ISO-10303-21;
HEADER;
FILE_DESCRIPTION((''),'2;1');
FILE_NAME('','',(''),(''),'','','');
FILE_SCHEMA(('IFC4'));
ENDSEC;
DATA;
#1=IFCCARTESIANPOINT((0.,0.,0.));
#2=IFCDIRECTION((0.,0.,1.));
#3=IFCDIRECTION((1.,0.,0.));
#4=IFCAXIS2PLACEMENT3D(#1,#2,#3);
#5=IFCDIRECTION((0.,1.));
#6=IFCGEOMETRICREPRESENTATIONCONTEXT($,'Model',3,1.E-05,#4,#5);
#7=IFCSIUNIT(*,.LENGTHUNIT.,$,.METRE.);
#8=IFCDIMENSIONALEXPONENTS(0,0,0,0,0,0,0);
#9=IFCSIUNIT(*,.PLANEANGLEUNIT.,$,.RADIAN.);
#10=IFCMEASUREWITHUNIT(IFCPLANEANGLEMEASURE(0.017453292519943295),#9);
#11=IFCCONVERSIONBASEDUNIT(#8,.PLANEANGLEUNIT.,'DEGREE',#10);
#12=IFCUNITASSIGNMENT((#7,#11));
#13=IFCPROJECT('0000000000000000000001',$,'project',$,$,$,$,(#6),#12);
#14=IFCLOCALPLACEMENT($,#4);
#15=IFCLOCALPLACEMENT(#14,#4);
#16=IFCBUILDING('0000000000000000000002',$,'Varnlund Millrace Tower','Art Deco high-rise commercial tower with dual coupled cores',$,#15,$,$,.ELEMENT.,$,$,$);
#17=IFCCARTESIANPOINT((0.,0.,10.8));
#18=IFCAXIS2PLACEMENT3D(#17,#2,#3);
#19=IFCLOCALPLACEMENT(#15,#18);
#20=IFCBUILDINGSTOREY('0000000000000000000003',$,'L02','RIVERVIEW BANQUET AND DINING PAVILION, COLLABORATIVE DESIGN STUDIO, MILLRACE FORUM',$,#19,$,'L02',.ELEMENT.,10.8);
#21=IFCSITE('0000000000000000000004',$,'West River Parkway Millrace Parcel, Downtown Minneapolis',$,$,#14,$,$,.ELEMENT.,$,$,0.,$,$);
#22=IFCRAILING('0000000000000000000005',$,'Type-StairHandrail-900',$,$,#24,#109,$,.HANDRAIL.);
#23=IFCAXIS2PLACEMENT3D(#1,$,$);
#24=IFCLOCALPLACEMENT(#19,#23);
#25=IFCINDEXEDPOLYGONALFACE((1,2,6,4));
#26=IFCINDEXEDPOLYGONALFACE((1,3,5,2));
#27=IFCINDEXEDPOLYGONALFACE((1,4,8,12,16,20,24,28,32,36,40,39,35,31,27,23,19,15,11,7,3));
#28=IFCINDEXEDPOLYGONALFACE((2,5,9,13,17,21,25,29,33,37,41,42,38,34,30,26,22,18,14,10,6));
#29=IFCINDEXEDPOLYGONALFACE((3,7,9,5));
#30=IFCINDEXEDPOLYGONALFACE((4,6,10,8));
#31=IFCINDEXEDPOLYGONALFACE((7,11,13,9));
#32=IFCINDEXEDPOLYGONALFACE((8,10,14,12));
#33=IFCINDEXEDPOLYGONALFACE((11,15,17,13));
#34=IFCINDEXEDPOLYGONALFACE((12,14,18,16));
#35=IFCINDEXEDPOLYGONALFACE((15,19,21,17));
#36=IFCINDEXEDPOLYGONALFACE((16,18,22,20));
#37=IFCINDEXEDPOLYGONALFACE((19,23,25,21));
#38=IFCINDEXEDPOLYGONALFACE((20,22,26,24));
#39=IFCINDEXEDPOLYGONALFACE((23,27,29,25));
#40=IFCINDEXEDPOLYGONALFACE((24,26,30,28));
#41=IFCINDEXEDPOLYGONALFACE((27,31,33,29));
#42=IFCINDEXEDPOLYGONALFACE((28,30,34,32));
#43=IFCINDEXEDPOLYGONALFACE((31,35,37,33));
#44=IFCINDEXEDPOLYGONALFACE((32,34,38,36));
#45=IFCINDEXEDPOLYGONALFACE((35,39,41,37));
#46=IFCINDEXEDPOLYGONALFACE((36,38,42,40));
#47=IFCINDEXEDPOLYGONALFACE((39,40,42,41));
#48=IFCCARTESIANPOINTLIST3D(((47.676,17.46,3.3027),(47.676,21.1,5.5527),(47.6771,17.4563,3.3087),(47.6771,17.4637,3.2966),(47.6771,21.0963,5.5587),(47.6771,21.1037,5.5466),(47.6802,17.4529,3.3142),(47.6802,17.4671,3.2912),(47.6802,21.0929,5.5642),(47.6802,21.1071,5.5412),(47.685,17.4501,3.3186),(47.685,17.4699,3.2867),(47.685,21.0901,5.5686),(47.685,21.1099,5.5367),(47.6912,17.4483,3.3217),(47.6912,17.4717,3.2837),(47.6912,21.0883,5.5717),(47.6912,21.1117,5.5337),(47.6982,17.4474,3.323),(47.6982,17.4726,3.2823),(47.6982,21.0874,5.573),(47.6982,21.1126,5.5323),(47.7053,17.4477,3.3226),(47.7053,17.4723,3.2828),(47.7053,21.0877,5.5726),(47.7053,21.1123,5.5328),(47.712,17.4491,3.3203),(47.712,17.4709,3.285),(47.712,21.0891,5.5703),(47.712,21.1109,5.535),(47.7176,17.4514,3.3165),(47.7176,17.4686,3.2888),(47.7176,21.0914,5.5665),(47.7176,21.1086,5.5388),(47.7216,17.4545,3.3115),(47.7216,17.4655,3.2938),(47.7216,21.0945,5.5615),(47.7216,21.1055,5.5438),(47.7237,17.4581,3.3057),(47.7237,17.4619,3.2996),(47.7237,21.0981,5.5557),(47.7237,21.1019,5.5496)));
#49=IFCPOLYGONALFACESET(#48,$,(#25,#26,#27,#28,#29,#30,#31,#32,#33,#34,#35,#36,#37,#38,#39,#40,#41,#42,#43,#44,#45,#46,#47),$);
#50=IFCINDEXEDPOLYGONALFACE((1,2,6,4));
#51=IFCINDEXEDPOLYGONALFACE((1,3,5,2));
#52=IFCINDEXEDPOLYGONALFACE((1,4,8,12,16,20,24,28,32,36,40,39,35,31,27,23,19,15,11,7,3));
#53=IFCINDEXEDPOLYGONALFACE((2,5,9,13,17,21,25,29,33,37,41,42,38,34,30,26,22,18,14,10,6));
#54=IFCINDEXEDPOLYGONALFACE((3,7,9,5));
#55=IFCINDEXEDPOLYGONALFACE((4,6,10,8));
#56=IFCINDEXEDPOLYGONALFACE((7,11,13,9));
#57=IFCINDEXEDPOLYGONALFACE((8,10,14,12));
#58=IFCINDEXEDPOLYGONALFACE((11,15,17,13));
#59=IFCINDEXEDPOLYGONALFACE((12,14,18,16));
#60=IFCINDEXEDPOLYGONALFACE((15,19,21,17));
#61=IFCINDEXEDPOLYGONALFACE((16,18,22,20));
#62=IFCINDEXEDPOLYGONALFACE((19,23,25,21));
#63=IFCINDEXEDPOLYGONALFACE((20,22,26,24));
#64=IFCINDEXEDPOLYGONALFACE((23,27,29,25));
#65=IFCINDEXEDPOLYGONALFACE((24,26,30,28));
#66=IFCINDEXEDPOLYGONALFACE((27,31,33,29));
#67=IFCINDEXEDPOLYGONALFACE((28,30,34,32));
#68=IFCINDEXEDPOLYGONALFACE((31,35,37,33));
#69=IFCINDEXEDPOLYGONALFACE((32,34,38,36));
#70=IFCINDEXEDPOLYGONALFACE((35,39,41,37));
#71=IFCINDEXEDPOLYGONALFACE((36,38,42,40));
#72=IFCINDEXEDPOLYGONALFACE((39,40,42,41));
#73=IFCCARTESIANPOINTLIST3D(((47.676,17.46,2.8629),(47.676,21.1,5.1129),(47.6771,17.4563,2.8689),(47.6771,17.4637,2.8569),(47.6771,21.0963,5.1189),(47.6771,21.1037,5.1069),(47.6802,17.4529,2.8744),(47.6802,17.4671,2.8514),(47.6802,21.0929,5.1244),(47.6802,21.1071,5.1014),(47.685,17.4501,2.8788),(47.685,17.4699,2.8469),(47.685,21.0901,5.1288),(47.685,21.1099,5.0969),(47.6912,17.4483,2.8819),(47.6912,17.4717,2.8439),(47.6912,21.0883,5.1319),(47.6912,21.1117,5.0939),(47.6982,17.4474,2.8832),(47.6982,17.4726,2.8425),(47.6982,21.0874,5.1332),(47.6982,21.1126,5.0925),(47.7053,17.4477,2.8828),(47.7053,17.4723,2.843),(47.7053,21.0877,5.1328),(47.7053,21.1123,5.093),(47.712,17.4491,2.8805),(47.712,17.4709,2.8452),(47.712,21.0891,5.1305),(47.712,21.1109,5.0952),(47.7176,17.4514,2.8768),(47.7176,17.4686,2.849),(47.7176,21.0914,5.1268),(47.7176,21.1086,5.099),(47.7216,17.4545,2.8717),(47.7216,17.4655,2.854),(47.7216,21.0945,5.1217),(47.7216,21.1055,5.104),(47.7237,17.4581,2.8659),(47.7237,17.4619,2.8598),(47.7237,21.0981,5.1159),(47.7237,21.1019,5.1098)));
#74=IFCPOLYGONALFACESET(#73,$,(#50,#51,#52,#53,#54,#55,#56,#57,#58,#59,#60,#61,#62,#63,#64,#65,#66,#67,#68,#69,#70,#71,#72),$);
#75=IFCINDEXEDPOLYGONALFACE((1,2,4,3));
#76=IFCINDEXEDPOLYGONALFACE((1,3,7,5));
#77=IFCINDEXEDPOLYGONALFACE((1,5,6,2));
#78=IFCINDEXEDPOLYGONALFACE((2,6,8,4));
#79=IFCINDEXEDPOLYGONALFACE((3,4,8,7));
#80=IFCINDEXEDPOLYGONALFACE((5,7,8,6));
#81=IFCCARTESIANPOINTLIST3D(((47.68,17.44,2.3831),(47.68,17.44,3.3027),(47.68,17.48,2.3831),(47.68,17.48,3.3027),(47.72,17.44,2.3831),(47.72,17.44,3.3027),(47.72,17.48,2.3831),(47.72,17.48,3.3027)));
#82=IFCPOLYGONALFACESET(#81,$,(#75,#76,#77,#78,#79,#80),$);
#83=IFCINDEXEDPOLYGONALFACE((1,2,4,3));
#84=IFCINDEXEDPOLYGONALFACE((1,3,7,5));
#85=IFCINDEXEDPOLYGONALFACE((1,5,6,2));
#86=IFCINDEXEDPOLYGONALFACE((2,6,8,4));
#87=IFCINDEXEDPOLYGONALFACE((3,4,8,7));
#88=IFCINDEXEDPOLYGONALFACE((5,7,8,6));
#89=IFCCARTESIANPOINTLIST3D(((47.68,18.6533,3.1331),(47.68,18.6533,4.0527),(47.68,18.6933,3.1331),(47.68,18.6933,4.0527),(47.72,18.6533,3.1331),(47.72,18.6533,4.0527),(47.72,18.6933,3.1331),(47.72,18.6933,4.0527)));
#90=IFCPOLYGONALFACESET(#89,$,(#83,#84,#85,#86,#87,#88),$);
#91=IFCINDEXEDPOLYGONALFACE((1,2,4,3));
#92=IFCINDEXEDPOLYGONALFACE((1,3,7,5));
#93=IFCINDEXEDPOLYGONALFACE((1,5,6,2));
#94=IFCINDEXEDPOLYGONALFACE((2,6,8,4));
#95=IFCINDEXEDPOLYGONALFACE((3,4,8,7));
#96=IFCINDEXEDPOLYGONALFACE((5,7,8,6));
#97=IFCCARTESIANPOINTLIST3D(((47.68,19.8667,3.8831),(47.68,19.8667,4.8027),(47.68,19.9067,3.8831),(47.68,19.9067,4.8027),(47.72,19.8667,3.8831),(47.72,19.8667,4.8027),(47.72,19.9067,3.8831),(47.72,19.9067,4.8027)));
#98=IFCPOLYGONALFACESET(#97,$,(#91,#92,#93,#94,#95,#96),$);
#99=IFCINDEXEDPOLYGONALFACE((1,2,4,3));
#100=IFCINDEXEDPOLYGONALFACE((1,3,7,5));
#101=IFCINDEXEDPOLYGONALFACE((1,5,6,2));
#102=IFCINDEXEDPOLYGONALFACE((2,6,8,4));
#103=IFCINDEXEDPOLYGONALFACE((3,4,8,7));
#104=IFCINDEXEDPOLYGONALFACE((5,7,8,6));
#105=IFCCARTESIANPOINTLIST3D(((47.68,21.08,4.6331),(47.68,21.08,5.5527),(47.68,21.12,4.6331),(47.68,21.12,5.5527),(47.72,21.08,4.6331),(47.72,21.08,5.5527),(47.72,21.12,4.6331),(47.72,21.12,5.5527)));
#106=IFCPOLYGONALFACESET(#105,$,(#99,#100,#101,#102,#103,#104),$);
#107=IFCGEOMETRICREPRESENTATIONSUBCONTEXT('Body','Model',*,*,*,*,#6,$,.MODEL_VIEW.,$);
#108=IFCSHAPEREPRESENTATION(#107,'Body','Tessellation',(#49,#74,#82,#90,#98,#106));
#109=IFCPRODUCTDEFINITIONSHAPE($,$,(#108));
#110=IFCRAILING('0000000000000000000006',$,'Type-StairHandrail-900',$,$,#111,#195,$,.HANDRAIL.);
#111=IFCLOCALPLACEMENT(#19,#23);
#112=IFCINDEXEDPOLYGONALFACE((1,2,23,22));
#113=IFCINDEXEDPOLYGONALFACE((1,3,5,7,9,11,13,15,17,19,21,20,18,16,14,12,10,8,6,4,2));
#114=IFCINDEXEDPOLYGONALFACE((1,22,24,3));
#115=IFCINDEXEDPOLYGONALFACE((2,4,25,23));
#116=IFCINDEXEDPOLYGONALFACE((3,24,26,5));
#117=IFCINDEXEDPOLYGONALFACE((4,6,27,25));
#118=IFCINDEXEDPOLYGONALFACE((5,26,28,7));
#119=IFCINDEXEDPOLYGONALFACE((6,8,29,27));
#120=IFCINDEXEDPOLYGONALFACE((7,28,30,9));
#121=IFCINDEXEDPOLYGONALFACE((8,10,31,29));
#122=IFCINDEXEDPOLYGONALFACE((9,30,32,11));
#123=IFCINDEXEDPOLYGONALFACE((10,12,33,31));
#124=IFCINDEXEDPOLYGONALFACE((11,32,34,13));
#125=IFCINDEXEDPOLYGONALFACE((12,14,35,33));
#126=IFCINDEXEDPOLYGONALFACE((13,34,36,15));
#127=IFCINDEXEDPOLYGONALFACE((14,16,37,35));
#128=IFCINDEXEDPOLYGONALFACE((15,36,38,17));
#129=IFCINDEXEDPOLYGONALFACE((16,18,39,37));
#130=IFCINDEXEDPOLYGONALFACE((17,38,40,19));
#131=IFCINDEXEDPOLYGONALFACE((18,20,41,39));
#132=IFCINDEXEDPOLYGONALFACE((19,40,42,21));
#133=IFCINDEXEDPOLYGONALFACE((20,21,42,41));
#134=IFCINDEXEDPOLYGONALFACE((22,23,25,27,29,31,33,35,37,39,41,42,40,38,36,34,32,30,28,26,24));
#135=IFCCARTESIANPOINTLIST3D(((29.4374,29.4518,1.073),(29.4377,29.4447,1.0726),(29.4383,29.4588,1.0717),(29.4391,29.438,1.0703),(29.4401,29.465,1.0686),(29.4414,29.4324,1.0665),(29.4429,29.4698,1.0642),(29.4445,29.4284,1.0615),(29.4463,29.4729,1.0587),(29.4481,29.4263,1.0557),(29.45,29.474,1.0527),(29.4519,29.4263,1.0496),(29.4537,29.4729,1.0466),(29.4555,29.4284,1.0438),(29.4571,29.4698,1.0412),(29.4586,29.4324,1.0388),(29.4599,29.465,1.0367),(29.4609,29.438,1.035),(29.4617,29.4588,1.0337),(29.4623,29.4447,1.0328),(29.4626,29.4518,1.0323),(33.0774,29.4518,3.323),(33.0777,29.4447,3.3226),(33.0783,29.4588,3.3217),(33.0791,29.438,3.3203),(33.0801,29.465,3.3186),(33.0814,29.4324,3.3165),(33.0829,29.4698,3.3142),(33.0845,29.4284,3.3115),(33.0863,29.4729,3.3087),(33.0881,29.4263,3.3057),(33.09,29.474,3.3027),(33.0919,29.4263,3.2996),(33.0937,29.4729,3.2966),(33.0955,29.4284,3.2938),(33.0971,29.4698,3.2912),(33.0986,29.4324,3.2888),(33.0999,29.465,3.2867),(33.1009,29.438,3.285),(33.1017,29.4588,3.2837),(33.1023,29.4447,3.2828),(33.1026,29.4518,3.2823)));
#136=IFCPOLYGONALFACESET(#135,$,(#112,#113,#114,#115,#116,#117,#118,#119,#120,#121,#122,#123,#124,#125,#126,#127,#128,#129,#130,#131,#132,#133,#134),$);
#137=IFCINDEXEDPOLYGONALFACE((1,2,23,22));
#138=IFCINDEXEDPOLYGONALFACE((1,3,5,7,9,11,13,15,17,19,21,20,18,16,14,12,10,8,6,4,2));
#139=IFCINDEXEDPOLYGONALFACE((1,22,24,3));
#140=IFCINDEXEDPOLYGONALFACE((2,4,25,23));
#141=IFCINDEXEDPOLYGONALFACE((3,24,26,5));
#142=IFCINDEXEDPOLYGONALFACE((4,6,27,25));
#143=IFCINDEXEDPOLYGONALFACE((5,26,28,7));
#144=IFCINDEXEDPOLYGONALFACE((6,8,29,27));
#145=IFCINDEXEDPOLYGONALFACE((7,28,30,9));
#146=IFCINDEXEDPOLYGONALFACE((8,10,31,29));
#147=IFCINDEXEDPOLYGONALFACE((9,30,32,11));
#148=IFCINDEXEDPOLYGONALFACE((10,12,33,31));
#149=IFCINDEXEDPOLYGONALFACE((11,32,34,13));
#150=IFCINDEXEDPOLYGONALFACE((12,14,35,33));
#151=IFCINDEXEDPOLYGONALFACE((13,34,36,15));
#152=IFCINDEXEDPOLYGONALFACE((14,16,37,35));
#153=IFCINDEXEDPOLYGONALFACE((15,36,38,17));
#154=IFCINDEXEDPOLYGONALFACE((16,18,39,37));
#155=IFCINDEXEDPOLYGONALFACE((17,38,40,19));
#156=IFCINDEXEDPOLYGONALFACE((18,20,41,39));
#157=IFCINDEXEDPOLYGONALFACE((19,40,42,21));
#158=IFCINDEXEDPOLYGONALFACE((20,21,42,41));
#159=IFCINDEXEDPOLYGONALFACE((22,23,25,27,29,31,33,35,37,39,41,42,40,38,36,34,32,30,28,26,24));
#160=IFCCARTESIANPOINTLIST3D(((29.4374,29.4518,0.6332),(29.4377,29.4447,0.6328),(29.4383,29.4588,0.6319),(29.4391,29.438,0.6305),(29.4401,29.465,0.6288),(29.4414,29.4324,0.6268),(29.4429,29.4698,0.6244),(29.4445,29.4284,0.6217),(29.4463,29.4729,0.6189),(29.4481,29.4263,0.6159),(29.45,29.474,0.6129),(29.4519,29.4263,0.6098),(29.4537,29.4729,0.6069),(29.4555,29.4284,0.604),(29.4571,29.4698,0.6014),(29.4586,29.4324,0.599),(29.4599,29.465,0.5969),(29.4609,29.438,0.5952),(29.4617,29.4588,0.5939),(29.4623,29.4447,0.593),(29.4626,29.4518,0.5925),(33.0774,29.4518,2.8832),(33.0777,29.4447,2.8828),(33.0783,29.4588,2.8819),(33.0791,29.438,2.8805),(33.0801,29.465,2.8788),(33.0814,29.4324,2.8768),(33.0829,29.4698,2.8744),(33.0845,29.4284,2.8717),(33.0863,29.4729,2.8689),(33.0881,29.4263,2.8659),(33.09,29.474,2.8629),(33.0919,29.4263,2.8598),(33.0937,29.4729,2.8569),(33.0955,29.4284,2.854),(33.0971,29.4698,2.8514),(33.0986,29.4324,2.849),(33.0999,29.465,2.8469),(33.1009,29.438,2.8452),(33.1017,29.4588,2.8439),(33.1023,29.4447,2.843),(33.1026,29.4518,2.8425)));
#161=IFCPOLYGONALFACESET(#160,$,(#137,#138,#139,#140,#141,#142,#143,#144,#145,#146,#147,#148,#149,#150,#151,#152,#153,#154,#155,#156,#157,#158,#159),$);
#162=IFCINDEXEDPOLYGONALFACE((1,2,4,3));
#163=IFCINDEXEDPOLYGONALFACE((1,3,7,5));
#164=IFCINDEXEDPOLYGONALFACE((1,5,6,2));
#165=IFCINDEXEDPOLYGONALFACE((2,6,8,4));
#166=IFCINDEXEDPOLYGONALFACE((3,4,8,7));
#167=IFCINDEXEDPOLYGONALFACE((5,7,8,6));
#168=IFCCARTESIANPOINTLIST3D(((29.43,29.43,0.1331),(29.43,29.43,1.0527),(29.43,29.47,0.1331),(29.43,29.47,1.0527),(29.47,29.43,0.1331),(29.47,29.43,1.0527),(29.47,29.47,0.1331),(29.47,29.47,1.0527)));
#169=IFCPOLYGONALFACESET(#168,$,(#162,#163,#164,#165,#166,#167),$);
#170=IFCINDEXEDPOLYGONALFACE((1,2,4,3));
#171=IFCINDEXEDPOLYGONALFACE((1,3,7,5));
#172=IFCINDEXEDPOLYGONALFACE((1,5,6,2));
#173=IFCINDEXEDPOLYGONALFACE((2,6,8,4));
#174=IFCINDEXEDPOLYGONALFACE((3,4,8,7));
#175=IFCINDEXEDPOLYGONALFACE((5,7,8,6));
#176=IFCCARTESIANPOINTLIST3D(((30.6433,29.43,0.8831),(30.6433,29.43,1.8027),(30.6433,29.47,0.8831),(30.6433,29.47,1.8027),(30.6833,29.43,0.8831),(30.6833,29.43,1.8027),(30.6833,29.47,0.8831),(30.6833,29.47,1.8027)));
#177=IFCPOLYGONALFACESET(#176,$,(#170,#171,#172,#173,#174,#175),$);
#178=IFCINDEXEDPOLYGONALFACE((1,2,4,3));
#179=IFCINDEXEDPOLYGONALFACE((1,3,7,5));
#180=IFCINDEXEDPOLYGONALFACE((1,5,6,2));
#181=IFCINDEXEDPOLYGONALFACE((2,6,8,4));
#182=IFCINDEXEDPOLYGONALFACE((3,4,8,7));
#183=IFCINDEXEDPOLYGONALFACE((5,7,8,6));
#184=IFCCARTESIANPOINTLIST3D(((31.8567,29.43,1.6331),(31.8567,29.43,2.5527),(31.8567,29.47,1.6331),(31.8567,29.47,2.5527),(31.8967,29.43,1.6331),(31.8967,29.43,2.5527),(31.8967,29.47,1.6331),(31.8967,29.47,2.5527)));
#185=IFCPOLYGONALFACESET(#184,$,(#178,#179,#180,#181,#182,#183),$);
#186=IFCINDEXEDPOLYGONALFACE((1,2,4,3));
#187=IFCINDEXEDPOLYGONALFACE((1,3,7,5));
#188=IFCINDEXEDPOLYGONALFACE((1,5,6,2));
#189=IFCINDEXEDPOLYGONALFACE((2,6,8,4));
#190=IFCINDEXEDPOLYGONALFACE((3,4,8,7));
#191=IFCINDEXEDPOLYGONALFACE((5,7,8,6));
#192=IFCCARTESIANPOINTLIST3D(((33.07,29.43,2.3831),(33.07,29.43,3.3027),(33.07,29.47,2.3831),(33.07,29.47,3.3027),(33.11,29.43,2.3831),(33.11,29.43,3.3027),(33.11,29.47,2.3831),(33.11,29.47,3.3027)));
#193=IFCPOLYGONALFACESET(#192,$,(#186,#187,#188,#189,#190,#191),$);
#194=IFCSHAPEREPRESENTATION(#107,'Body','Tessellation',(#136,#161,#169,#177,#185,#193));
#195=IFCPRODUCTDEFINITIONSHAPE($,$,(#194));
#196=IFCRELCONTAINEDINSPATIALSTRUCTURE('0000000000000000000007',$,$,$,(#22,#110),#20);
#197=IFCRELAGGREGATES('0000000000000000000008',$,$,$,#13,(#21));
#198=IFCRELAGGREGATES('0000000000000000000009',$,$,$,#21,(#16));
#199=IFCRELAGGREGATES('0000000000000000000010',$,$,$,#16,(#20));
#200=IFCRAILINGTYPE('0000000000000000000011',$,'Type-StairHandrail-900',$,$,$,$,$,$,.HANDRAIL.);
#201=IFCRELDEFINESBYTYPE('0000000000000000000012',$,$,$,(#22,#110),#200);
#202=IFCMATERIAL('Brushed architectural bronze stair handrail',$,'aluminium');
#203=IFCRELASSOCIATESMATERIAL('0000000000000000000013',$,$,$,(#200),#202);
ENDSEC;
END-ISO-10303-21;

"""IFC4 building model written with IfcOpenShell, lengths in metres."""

from ifc_helpers import new_model, entity, si_unit, converted_unit, direction, frame, origin_with_axes, origin_2d_with_axis, place, context, subcontext, project, spatial, rectangle, circle, extrude, material, type_object, element, save


model = new_model("IFC4")

# Units and contexts
model_context = context("Model", 3, precision=1e-05, world=origin_with_axes(), true_north=direction((0.0, 1.0)))
body_context = subcontext(model_context, "Body", "Model", "MODEL_VIEW")
ifc_project = project(units=[si_unit("LENGTHUNIT", "METRE"), converted_unit("PLANEANGLEUNIT", "DEGREE", entity("IfcPlaneAngleMeasure", 0.017453292519943295), si_unit("PLANEANGLEUNIT", "RADIAN"), dimensions=[0, 0, 0, 0, 0, 0, 0])], contexts=[model_context])

# Site, building, storey
site_placement = place(None, origin_with_axes())
site = spatial("IfcSite", under=ifc_project, at=site_placement, Name="West River Parkway Millrace Parcel, Downtown Minneapolis", CompositionType="ELEMENT", RefElevation=0.0)
building_placement = place(site_placement, origin_with_axes())
building = spatial("IfcBuilding", under=site, at=building_placement, Name="Varnlund Millrace Tower", Description="Art Deco high-rise commercial tower with dual coupled cores", CompositionType="ELEMENT")
storey_placement = place(building_placement, frame((0.0, 0.0, 10.8), z_axis=(0.0, 0.0, 1.0), x_axis=(1.0, 0.0, 0.0)))
storey = spatial("IfcBuildingStorey", under=building, at=storey_placement, Name="L02", Description="RIVERVIEW BANQUET AND DINING PAVILION, COLLABORATIVE DESIGN STUDIO, MILLRACE FORUM", LongName="L02", CompositionType="ELEMENT", Elevation=10.8)

# Railings
ifc_material_1 = material(Name="Brushed architectural bronze stair handrail", Category="aluminium")
railing_type_1 = type_object("IfcRailingType", Name="Type-StairHandrail-900", PredefinedType="HANDRAIL", material=ifc_material_1)
railing_1_placement = place(storey_placement, frame((0.0, 0.0, -10.8), z_axis=(0.0, 0.0, 1.0), x_axis=(1.0, 0.0, 0.0)))
element("IfcRailing", 1, at=railing_1_placement, inside=storey, type_object=railing_type_1, Name="Type-StairHandrail-900", PredefinedType="HANDRAIL", context=body_context, shape_type="SweptSolid", body=[
    extrude(circle(Radius=0.024, at=origin_2d_with_axis()), frame((47.7, 17.46, 14.1027), z_axis=(0.0, 0.850614, 0.525791), x_axis=(-1.0, 0.0, 0.0)), (0.0, 0.0, 1.0), 4.2793),
    extrude(circle(Radius=0.024, at=origin_2d_with_axis()), frame((47.7, 17.46, 13.6629), z_axis=(0.0, 0.850614, 0.525791), x_axis=(-1.0, 0.0, 0.0)), (0.0, 0.0, 1.0), 4.2793),
    extrude(rectangle(XDim=0.04, YDim=0.04, at=origin_2d_with_axis()), frame((47.7, 17.46, 13.1831), z_axis=(0.0, 0.0, 1.0), x_axis=(1.0, 0.0, 0.0)), (0.0, 0.0, 1.0), 0.9196),
    extrude(rectangle(XDim=0.04, YDim=0.04, at=origin_2d_with_axis()), frame((47.7, 18.6733, 13.9331), z_axis=(0.0, 0.0, 1.0), x_axis=(1.0, 0.0, 0.0)), (0.0, 0.0, 1.0), 0.9196),
    extrude(rectangle(XDim=0.04, YDim=0.04, at=origin_2d_with_axis()), frame((47.7, 19.8867, 14.6831), z_axis=(0.0, 0.0, 1.0), x_axis=(1.0, 0.0, 0.0)), (0.0, 0.0, 1.0), 0.9196),
    extrude(rectangle(XDim=0.04, YDim=0.04, at=origin_2d_with_axis()), frame((47.7, 21.1, 15.4331), z_axis=(0.0, 0.0, 1.0), x_axis=(1.0, 0.0, 0.0)), (0.0, 0.0, 1.0), 0.9196),
])
railing_2_placement = place(storey_placement, frame((0.0, 0.0, -10.8), z_axis=(0.0, 0.0, 1.0), x_axis=(1.0, 0.0, 0.0)))
element("IfcRailing", 2, at=railing_2_placement, inside=storey, type_object=railing_type_1, Name="Type-StairHandrail-900", PredefinedType="HANDRAIL", context=body_context, shape_type="SweptSolid", body=[
    extrude(circle(Radius=0.024, at=origin_2d_with_axis()), frame((29.45, 29.45, 11.8527), z_axis=(0.850614, 0.0, 0.525791), x_axis=(0.0, 1.0, 0.0)), (0.0, 0.0, 1.0), 4.2793),
    extrude(circle(Radius=0.024, at=origin_2d_with_axis()), frame((29.45, 29.45, 11.4129), z_axis=(0.850614, 0.0, 0.525791), x_axis=(0.0, 1.0, 0.0)), (0.0, 0.0, 1.0), 4.2793),
    extrude(rectangle(XDim=0.04, YDim=0.04, at=origin_2d_with_axis()), frame((29.45, 29.45, 10.9331), z_axis=(0.0, 0.0, 1.0), x_axis=(1.0, 0.0, 0.0)), (0.0, 0.0, 1.0), 0.9196),
    extrude(rectangle(XDim=0.04, YDim=0.04, at=origin_2d_with_axis()), frame((30.6633, 29.45, 11.6831), z_axis=(0.0, 0.0, 1.0), x_axis=(1.0, 0.0, 0.0)), (0.0, 0.0, 1.0), 0.9196),
    extrude(rectangle(XDim=0.04, YDim=0.04, at=origin_2d_with_axis()), frame((31.8767, 29.45, 12.4331), z_axis=(0.0, 0.0, 1.0), x_axis=(1.0, 0.0, 0.0)), (0.0, 0.0, 1.0), 0.9196),
    extrude(rectangle(XDim=0.04, YDim=0.04, at=origin_2d_with_axis()), frame((33.09, 29.45, 13.1831), z_axis=(0.0, 0.0, 1.0), x_axis=(1.0, 0.0, 0.0)), (0.0, 0.0, 1.0), 0.9196),
])

save(model, "model.ifc")
